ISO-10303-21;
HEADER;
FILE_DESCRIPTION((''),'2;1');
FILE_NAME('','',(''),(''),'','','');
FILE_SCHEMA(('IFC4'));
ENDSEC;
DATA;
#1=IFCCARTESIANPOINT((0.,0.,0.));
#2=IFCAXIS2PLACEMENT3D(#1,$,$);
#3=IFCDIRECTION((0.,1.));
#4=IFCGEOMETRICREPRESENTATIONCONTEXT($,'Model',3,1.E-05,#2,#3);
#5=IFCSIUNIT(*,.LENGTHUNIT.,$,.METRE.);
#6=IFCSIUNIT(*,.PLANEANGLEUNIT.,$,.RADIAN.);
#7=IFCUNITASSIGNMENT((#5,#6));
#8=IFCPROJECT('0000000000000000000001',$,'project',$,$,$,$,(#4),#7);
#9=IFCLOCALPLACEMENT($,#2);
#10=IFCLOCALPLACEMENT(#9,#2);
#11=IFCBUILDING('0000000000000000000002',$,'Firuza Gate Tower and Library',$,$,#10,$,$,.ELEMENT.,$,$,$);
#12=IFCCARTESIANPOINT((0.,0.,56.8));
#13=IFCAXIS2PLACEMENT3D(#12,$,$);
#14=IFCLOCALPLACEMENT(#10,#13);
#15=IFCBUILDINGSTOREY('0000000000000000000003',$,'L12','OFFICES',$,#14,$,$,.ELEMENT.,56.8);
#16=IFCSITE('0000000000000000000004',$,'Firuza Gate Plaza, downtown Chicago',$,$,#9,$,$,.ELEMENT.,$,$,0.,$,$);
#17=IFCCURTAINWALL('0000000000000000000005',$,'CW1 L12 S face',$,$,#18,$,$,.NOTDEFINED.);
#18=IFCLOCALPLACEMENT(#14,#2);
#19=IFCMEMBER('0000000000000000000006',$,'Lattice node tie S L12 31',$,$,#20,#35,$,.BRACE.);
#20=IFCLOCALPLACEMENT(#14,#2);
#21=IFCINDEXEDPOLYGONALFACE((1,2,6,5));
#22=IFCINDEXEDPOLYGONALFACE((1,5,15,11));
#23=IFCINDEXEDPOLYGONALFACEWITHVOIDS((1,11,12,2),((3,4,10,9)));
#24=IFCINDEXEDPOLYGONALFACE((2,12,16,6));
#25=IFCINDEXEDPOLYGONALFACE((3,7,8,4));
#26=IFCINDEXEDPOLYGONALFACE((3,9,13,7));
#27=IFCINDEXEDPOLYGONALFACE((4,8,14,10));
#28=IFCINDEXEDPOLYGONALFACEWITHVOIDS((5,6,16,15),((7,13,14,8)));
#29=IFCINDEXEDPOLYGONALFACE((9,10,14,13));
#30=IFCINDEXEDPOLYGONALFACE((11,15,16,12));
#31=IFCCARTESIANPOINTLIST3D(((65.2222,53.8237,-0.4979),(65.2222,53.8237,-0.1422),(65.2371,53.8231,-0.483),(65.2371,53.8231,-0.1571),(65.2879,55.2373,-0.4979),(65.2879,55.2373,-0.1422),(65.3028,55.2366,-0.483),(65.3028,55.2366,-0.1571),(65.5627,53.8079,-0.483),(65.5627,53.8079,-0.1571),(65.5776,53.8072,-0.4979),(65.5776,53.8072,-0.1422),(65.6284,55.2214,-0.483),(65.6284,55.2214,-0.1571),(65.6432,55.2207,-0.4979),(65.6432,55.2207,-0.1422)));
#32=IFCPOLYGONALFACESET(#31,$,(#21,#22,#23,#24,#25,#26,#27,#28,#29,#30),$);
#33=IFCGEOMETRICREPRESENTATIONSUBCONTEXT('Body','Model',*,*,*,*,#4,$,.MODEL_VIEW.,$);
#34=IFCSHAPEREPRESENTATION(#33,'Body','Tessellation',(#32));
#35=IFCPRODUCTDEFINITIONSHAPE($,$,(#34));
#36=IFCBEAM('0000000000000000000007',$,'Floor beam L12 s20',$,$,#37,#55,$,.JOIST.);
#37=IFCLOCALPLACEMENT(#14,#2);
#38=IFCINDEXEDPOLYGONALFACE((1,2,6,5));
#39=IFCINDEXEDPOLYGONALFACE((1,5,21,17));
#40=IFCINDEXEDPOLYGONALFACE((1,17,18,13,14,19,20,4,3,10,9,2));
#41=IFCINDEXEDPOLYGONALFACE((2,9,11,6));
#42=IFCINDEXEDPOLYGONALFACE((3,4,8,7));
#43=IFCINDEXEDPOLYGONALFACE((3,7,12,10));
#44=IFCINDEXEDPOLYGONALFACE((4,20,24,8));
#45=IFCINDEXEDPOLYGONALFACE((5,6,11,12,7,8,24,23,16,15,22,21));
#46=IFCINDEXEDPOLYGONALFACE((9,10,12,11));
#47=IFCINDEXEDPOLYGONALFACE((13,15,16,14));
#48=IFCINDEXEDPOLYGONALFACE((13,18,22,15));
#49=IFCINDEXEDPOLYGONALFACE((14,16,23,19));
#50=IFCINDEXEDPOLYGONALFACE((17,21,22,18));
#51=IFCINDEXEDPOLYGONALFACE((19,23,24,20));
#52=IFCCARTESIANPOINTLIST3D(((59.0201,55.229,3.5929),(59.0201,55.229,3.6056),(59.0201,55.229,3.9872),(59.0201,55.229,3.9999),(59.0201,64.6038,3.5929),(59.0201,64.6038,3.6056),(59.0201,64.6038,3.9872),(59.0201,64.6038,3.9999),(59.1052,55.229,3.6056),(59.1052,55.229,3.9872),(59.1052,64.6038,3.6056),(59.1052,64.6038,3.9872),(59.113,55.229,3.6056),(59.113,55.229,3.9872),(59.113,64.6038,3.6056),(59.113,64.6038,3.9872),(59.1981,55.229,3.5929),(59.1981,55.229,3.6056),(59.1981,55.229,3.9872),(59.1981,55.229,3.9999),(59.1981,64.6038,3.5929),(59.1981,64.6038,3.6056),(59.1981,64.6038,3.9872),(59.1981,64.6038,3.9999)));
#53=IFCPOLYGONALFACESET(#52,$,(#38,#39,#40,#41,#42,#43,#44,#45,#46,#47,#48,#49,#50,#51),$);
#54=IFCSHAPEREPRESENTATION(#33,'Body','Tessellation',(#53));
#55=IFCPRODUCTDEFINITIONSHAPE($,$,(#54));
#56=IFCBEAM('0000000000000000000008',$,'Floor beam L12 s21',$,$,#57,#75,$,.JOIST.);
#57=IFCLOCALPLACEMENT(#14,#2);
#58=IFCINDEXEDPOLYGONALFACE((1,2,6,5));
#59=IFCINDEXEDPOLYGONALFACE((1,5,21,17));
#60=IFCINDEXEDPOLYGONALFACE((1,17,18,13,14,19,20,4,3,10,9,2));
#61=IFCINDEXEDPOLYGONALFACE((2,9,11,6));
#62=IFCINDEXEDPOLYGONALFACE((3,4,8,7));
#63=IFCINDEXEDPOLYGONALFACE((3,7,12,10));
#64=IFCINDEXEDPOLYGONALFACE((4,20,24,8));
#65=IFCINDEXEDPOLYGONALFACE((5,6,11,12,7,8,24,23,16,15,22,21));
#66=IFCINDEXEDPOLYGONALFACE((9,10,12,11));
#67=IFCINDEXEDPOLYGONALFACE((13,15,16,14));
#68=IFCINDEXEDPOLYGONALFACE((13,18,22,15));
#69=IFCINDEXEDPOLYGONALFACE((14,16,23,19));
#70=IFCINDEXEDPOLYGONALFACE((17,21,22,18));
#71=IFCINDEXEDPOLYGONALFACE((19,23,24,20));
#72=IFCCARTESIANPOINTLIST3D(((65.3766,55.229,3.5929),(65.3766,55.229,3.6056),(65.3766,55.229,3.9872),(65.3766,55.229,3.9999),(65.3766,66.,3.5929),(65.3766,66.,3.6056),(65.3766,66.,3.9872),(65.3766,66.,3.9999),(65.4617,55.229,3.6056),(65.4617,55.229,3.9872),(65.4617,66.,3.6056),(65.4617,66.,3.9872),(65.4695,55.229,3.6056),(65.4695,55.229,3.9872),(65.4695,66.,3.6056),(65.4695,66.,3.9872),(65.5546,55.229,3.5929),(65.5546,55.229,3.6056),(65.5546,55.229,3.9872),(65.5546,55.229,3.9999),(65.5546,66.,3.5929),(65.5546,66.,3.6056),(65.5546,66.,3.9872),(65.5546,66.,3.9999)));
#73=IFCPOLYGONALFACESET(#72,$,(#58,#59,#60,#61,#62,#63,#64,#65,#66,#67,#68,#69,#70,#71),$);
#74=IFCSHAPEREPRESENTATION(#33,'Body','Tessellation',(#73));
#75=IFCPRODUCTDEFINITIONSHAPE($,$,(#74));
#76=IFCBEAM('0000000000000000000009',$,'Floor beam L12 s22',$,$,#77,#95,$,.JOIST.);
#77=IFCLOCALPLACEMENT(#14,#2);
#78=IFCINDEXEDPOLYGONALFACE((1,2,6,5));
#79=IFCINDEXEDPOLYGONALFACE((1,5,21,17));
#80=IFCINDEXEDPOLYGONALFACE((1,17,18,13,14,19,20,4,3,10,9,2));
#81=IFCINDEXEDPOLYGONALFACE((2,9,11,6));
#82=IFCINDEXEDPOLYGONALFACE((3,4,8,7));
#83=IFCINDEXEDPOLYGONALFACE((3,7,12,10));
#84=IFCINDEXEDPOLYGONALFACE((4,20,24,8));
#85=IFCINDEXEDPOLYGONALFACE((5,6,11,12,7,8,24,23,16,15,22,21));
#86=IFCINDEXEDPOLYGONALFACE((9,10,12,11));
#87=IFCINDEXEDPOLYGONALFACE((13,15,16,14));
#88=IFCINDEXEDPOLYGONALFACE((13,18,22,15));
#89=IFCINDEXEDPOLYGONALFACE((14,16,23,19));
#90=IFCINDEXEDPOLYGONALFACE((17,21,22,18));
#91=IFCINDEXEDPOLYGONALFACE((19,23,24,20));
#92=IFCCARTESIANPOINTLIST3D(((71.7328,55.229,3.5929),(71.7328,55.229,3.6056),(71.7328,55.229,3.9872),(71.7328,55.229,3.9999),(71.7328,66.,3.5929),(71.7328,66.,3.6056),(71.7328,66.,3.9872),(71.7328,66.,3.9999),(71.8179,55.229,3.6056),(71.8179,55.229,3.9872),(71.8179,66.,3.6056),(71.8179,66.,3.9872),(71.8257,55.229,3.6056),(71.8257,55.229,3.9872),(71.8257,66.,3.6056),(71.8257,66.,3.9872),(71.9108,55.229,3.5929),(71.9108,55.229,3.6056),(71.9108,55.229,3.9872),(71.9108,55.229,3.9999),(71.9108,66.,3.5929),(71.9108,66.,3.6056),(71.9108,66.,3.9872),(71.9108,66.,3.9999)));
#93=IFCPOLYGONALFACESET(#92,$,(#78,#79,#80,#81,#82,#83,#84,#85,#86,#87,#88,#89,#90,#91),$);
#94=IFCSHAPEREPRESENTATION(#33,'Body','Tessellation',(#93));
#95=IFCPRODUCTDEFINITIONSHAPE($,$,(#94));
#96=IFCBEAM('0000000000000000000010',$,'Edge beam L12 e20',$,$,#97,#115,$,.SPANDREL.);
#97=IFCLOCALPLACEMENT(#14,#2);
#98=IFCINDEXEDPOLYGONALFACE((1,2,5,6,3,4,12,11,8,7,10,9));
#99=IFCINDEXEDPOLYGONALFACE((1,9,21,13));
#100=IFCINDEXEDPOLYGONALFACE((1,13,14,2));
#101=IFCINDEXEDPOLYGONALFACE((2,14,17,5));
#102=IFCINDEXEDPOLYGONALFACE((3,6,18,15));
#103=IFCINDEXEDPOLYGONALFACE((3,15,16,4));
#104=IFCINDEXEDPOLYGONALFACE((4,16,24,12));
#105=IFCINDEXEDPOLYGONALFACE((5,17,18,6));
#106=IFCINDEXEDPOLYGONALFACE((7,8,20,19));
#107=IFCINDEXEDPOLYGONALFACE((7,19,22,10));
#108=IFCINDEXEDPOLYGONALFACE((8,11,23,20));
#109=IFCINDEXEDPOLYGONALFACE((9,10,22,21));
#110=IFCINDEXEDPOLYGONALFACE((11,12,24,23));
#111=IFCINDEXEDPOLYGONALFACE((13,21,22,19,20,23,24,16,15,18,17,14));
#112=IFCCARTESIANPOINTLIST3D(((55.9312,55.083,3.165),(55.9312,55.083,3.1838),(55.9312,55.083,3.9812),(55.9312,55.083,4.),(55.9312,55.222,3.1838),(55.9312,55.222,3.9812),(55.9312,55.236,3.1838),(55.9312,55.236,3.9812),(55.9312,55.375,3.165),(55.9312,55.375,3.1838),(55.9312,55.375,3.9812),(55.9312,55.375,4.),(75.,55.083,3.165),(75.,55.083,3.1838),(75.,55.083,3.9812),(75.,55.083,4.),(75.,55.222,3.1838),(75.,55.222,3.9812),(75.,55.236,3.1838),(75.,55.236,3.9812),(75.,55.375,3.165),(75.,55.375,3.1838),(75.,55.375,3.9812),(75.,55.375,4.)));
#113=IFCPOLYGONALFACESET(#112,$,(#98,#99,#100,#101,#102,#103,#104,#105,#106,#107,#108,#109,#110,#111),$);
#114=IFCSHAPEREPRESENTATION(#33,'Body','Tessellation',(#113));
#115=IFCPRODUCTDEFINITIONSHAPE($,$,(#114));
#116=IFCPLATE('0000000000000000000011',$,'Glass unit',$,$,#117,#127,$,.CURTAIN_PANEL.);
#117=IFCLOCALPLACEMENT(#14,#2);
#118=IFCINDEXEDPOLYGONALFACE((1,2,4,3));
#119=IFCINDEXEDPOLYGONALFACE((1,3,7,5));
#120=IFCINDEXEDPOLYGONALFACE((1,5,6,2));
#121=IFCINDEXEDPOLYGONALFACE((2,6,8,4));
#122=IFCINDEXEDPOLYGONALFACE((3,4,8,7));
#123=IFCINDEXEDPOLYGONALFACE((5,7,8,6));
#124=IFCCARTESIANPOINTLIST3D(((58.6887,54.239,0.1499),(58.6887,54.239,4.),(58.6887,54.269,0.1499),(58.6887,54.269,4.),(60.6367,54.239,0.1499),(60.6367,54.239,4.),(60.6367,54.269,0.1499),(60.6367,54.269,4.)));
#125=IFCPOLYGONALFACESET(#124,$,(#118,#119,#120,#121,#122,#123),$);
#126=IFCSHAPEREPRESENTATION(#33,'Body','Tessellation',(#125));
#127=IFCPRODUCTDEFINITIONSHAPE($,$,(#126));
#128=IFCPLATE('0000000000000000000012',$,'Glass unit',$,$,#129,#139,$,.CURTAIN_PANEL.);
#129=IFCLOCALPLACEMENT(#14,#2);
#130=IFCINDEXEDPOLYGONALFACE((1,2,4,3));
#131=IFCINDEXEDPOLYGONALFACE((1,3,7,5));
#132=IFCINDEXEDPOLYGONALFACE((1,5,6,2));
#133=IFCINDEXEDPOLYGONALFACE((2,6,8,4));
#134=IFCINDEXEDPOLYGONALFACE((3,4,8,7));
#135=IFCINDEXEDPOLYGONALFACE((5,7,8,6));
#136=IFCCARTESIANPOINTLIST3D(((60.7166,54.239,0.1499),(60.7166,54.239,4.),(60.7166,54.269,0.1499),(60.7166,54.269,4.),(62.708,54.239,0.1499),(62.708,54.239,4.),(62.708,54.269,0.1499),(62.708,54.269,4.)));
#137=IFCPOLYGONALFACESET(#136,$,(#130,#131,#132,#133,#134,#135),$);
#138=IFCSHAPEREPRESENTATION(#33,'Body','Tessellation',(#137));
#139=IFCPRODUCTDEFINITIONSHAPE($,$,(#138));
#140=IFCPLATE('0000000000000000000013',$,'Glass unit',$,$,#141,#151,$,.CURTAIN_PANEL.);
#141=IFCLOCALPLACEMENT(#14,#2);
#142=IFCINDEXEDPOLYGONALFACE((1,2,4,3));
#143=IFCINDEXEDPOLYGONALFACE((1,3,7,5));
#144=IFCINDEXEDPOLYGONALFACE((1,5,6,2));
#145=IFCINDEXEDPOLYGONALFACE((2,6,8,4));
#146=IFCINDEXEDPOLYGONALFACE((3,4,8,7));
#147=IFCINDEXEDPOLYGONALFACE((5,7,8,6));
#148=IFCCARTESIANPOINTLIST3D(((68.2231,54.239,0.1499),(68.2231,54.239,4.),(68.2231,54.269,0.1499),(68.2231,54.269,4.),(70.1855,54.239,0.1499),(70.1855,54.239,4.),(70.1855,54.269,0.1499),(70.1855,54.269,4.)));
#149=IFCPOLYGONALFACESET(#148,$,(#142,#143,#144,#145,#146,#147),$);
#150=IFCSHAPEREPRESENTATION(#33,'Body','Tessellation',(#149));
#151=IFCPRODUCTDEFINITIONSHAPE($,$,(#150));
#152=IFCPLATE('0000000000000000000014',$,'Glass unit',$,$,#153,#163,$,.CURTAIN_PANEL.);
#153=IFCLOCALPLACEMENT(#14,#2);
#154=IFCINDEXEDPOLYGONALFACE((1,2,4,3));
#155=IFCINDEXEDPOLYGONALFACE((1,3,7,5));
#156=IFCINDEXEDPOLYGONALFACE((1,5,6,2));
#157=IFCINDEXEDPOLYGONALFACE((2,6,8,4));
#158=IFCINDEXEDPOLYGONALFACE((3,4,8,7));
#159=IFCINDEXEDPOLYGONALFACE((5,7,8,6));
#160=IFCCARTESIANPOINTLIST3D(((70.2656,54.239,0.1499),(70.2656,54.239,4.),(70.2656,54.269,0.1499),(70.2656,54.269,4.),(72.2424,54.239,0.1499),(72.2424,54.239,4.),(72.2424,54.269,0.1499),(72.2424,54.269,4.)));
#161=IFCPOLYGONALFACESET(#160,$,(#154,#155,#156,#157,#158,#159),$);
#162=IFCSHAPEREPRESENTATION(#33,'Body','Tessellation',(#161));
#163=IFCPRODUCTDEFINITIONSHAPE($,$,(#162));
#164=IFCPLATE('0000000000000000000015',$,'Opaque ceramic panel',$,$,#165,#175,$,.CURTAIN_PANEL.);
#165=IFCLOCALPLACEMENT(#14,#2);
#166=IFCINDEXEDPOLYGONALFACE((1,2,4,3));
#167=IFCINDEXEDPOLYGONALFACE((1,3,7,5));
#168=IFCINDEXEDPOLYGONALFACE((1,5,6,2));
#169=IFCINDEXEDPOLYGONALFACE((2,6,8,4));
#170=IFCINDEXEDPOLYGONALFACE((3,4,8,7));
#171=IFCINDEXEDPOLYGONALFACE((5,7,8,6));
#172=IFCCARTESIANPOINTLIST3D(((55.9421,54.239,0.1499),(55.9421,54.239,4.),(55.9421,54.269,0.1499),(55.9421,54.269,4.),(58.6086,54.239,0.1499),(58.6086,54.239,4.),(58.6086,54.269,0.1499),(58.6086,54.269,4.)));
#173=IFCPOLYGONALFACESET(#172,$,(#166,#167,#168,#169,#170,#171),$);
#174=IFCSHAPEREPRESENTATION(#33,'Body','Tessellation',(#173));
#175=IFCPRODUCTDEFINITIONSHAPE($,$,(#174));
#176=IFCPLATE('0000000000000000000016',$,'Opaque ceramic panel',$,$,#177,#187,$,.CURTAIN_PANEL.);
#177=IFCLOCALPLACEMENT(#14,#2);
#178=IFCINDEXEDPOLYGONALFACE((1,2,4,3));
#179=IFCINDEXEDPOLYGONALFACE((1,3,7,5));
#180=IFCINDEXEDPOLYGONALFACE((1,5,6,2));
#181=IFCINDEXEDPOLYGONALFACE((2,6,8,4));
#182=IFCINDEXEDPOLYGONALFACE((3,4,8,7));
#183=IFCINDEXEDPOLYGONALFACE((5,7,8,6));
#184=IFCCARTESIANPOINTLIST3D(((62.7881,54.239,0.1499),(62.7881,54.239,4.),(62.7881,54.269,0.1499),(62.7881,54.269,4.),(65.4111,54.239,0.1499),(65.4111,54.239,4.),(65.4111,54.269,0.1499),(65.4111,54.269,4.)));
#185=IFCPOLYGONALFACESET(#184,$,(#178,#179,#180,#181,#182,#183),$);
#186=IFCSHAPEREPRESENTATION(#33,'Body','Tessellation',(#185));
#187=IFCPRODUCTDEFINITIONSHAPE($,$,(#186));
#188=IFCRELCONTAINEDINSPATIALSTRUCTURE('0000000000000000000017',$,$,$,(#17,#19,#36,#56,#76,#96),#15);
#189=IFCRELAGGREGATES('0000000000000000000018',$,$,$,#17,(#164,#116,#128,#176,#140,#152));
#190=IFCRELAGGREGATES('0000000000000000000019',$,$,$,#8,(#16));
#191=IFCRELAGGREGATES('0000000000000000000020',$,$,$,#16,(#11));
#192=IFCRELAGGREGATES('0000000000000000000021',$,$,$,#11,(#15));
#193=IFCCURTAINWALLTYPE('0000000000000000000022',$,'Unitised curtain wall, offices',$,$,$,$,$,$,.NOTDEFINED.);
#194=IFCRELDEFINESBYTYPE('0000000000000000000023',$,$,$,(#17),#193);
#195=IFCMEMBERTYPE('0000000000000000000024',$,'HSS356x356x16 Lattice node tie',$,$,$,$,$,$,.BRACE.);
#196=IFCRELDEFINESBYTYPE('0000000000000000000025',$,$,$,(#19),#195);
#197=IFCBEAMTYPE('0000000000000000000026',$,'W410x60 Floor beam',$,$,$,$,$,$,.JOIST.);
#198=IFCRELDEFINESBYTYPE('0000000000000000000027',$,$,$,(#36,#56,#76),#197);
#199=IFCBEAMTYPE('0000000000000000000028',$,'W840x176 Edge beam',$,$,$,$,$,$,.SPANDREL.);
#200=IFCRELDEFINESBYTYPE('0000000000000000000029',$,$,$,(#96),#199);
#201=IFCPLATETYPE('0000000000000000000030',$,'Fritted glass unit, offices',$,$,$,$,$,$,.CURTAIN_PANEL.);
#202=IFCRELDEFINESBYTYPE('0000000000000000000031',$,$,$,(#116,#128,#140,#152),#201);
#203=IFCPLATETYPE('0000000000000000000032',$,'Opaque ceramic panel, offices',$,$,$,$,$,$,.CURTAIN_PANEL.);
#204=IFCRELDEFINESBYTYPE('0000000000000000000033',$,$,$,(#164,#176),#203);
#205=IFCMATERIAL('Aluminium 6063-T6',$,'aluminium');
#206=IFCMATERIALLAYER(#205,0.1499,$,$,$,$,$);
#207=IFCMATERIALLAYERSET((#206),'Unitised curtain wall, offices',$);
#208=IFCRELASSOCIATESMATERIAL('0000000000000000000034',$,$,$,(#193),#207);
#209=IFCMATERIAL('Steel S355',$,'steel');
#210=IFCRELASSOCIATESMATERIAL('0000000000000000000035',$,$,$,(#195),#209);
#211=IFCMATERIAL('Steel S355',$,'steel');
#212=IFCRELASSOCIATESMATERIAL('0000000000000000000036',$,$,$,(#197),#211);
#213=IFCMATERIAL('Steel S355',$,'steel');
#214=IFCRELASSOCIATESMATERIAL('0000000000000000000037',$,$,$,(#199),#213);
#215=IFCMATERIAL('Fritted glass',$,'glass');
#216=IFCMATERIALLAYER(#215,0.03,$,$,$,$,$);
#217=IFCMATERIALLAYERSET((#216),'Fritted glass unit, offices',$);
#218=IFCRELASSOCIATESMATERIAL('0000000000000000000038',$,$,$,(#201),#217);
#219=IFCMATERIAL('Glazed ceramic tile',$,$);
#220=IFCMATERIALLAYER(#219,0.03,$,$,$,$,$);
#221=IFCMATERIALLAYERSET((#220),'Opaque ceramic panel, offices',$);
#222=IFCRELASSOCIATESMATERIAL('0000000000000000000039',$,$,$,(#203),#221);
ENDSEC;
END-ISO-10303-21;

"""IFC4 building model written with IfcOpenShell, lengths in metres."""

from ifc_helpers import new_model, si_unit, direction, frame, origin, origin_2d, place, context, subcontext, project, spatial, polyline, hollow_rectangle, i_section, outline, extrude, material, layer, layer_set, material_profile, profile_set, type_object, element, aggregate, save


model = new_model("IFC4")

# Units and contexts
model_context = context("Model", 3, precision=1e-05, world=origin(), true_north=direction((0.0, 1.0)))
body_context = subcontext(model_context, "Body", "Model", "MODEL_VIEW")
ifc_project = project(units=[si_unit("LENGTHUNIT", "METRE"), si_unit("PLANEANGLEUNIT", "RADIAN")], contexts=[model_context])

# Site, building, storey
site_placement = place(None, origin())
site = spatial("IfcSite", under=ifc_project, at=site_placement, Name="Firuza Gate Plaza, downtown Chicago", CompositionType="ELEMENT", RefElevation=0.0)
building_placement = place(site_placement, origin())
building = spatial("IfcBuilding", under=site, at=building_placement, Name="Firuza Gate Tower and Library", CompositionType="ELEMENT")
storey_placement = place(building_placement, frame((0.0, 0.0, 56.8)))
storey = spatial("IfcBuildingStorey", under=building, at=storey_placement, Name="L12", Description="OFFICES", CompositionType="ELEMENT", Elevation=56.8)

# Curtain wall
ifc_material_1 = material(Name="Aluminium 6063-T6", Category="aluminium")
ifc_layer_1 = layer(ifc_material_1, 0.1499)
ifc_layer_set_1 = layer_set([ifc_layer_1], Name="Unitised curtain wall, offices")
curtain_wall_type = type_object("IfcCurtainWallType", Name="Unitised curtain wall, offices", PredefinedType="NOTDEFINED", material=ifc_layer_set_1)
curtain_wall_placement = place(storey_placement, origin())
curtain_wall = element("IfcCurtainWall", 1, at=curtain_wall_placement, inside=storey, type_object=curtain_wall_type, Name="CW1 L12 S face", PredefinedType="NOTDEFINED")

# Member
ifc_material_2 = material(Name="Steel S355", Category="steel")
ifc_material_profile_1 = material_profile(ifc_material_2, hollow_rectangle(XDim=0.3557, YDim=0.3557, WallThickness=0.0149, at=origin_2d()))
ifc_profile_set_1 = profile_set([ifc_material_profile_1], Name="Steel S355")
member_type_1 = type_object("IfcMemberType", Name="HSS356x356x16 Lattice node tie", PredefinedType="BRACE", material=ifc_profile_set_1)
member_1_placement = place(storey_placement, frame((65.4656, 55.229, -0.3201), z_axis=(-0.046409, -0.998923, 0.0), x_axis=(0.998923, -0.046409, 0.0)))
element("IfcMember", 2, at=member_1_placement, inside=storey, type_object=member_type_1, Name="Lattice node tie S L12 31", PredefinedType="BRACE", context=body_context, shape_type="SweptSolid", body=[
    extrude(hollow_rectangle(XDim=0.3557, YDim=0.3557, WallThickness=0.0149, at=origin_2d()), origin(), (0.0, 0.0, 1.0), 1.415),
])

# Beams
ifc_material_3 = material(Name="Steel S355", Category="steel")
ifc_material_profile_2 = material_profile(ifc_material_3, i_section(OverallWidth=0.178, OverallDepth=0.407, WebThickness=0.0078, FlangeThickness=0.0127, at=origin_2d()))
ifc_profile_set_2 = profile_set([ifc_material_profile_2], Name="Steel S355")
beam_type_1 = type_object("IfcBeamType", Name="W410x60 Floor beam", PredefinedType="JOIST", material=ifc_profile_set_2)
beam_1_placement = place(storey_placement, frame((59.1091, 55.229, 3.7964), z_axis=(0.0, 1.0, 0.0), x_axis=(-1.0, 0.0, 0.0)))
element("IfcBeam", 3, at=beam_1_placement, inside=storey, type_object=beam_type_1, Name="Floor beam L12 s20", PredefinedType="JOIST", context=body_context, shape_type="SweptSolid", body=[
    extrude(i_section(OverallWidth=0.178, OverallDepth=0.407, WebThickness=0.0078, FlangeThickness=0.0127, at=origin_2d()), origin(), (0.0, 0.0, 1.0), 9.3748),
])
for number, where, z_axis, x_axis, name in (
    (4, (65.4656, 55.229, 3.7964), (0.0, 1.0, 0.0), (-1.0, 0.0, 0.0), "Floor beam L12 s21"),
    (5, (71.8218, 55.229, 3.7964), (0.0, 1.0, 0.0), (-1.0, 0.0, 0.0), "Floor beam L12 s22"),
):
    element("IfcBeam", number, at=place(storey_placement, frame(where, z_axis=z_axis, x_axis=x_axis)), inside=storey, type_object=beam_type_1, Name=name, PredefinedType="JOIST", context=body_context, shape_type="SweptSolid", body=[
        extrude(i_section(OverallWidth=0.178, OverallDepth=0.407, WebThickness=0.0078, FlangeThickness=0.0127, at=origin_2d()), origin(), (0.0, 0.0, 1.0), 10.771),
    ])
ifc_material_4 = material(Name="Steel S355", Category="steel")
ifc_material_profile_3 = material_profile(ifc_material_4, i_section(OverallWidth=0.292, OverallDepth=0.835, WebThickness=0.0139, FlangeThickness=0.0188, at=origin_2d()))
ifc_profile_set_3 = profile_set([ifc_material_profile_3], Name="Steel S355")
beam_type_2 = type_object("IfcBeamType", Name="W840x176 Edge beam", PredefinedType="SPANDREL", material=ifc_profile_set_3)
beam_2_placement = place(storey_placement, frame((55.9312, 55.229, 3.5825), z_axis=(1.0, 0.0, 0.0), x_axis=(0.0, 1.0, 0.0)))
element("IfcBeam", 6, at=beam_2_placement, inside=storey, type_object=beam_type_2, Name="Edge beam L12 e20", PredefinedType="SPANDREL", context=body_context, shape_type="SweptSolid", body=[
    extrude(i_section(OverallWidth=0.292, OverallDepth=0.835, WebThickness=0.0139, FlangeThickness=0.0188, at=origin_2d()), origin(), (0.0, 0.0, 1.0), 19.0688),
])

# Plates
ifc_material_5 = material(Name="Fritted glass", Category="glass")
ifc_layer_2 = layer(ifc_material_5, 0.03)
ifc_layer_set_2 = layer_set([ifc_layer_2], Name="Fritted glass unit, offices")
plate_type_1 = type_object("IfcPlateType", Name="Fritted glass unit, offices", PredefinedType="CURTAIN_PANEL", material=ifc_layer_set_2)
plate_1_placement = place(storey_placement, frame((58.6887, 54.239, 0.1499), z_axis=(0.0, -1.0, 0.0), x_axis=(1.0, 0.0, 0.0)))
plate_1 = element("IfcPlate", 7, at=plate_1_placement, type_object=plate_type_1, Name="Glass unit", PredefinedType="CURTAIN_PANEL", context=body_context, shape_type="SweptSolid", body=[
    extrude(outline(polyline([(0.0, 0.0), (1.948, 0.0), (1.948, 3.8501), (0.0, 3.8501), (0.0, 0.0)])), origin(), (0.0, 0.0, -1.0), 0.03),
])
plate_2_placement = place(storey_placement, frame((60.7166, 54.239, 0.1499), z_axis=(0.0, -1.0, 0.0), x_axis=(1.0, 0.0, 0.0)))
plate_2 = element("IfcPlate", 8, at=plate_2_placement, type_object=plate_type_1, Name="Glass unit", PredefinedType="CURTAIN_PANEL", context=body_context, shape_type="SweptSolid", body=[
    extrude(outline(polyline([(0.0, 0.0), (1.9915, 0.0), (1.9915, 3.8501), (0.0, 3.8501), (0.0, 0.0)])), origin(), (0.0, 0.0, -1.0), 0.03),
])
plate_3_placement = place(storey_placement, frame((68.2231, 54.239, 0.1499), z_axis=(0.0, -1.0, 0.0), x_axis=(1.0, 0.0, 0.0)))
plate_3 = element("IfcPlate", 9, at=plate_3_placement, type_object=plate_type_1, Name="Glass unit", PredefinedType="CURTAIN_PANEL", context=body_context, shape_type="SweptSolid", body=[
    extrude(outline(polyline([(0.0, 0.0), (1.9624, 0.0), (1.9624, 3.8501), (0.0, 3.8501), (0.0, 0.0)])), origin(), (0.0, 0.0, -1.0), 0.03),
])
plate_4_placement = place(storey_placement, frame((70.2656, 54.239, 0.1499), z_axis=(0.0, -1.0, 0.0), x_axis=(1.0, 0.0, 0.0)))
plate_4 = element("IfcPlate", 10, at=plate_4_placement, type_object=plate_type_1, Name="Glass unit", PredefinedType="CURTAIN_PANEL", context=body_context, shape_type="SweptSolid", body=[
    extrude(outline(polyline([(0.0, 0.0), (1.9768, 0.0), (1.9768, 3.8501), (0.0, 3.8501), (0.0, 0.0)])), origin(), (0.0, 0.0, -1.0), 0.03),
])
ifc_material_6 = material(Name="Glazed ceramic tile")
ifc_layer_3 = layer(ifc_material_6, 0.03)
ifc_layer_set_3 = layer_set([ifc_layer_3], Name="Opaque ceramic panel, offices")
plate_type_2 = type_object("IfcPlateType", Name="Opaque ceramic panel, offices", PredefinedType="CURTAIN_PANEL", material=ifc_layer_set_3)
plate_5_placement = place(storey_placement, frame((55.9421, 54.239, 0.1499), z_axis=(0.0, -1.0, 0.0), x_axis=(1.0, 0.0, 0.0)))
plate_5 = element("IfcPlate", 11, at=plate_5_placement, type_object=plate_type_2, Name="Opaque ceramic panel", PredefinedType="CURTAIN_PANEL", context=body_context, shape_type="SweptSolid", body=[
    extrude(outline(polyline([(0.0, 0.0), (2.6665, 0.0), (2.6665, 3.8501), (0.0, 3.8501), (0.0, 0.0)])), origin(), (0.0, 0.0, -1.0), 0.03),
])
plate_6_placement = place(storey_placement, frame((62.7881, 54.239, 0.1499), z_axis=(0.0, -1.0, 0.0), x_axis=(1.0, 0.0, 0.0)))
plate_6 = element("IfcPlate", 12, at=plate_6_placement, type_object=plate_type_2, Name="Opaque ceramic panel", PredefinedType="CURTAIN_PANEL", context=body_context, shape_type="SweptSolid", body=[
    extrude(outline(polyline([(0.0, 0.0), (2.623, 0.0), (2.623, 3.8501), (0.0, 3.8501), (0.0, 0.0)])), origin(), (0.0, 0.0, -1.0), 0.03),
])
aggregate(curtain_wall, [plate_5, plate_1, plate_2, plate_6, plate_3, plate_4])

save(model, "model.ifc")
